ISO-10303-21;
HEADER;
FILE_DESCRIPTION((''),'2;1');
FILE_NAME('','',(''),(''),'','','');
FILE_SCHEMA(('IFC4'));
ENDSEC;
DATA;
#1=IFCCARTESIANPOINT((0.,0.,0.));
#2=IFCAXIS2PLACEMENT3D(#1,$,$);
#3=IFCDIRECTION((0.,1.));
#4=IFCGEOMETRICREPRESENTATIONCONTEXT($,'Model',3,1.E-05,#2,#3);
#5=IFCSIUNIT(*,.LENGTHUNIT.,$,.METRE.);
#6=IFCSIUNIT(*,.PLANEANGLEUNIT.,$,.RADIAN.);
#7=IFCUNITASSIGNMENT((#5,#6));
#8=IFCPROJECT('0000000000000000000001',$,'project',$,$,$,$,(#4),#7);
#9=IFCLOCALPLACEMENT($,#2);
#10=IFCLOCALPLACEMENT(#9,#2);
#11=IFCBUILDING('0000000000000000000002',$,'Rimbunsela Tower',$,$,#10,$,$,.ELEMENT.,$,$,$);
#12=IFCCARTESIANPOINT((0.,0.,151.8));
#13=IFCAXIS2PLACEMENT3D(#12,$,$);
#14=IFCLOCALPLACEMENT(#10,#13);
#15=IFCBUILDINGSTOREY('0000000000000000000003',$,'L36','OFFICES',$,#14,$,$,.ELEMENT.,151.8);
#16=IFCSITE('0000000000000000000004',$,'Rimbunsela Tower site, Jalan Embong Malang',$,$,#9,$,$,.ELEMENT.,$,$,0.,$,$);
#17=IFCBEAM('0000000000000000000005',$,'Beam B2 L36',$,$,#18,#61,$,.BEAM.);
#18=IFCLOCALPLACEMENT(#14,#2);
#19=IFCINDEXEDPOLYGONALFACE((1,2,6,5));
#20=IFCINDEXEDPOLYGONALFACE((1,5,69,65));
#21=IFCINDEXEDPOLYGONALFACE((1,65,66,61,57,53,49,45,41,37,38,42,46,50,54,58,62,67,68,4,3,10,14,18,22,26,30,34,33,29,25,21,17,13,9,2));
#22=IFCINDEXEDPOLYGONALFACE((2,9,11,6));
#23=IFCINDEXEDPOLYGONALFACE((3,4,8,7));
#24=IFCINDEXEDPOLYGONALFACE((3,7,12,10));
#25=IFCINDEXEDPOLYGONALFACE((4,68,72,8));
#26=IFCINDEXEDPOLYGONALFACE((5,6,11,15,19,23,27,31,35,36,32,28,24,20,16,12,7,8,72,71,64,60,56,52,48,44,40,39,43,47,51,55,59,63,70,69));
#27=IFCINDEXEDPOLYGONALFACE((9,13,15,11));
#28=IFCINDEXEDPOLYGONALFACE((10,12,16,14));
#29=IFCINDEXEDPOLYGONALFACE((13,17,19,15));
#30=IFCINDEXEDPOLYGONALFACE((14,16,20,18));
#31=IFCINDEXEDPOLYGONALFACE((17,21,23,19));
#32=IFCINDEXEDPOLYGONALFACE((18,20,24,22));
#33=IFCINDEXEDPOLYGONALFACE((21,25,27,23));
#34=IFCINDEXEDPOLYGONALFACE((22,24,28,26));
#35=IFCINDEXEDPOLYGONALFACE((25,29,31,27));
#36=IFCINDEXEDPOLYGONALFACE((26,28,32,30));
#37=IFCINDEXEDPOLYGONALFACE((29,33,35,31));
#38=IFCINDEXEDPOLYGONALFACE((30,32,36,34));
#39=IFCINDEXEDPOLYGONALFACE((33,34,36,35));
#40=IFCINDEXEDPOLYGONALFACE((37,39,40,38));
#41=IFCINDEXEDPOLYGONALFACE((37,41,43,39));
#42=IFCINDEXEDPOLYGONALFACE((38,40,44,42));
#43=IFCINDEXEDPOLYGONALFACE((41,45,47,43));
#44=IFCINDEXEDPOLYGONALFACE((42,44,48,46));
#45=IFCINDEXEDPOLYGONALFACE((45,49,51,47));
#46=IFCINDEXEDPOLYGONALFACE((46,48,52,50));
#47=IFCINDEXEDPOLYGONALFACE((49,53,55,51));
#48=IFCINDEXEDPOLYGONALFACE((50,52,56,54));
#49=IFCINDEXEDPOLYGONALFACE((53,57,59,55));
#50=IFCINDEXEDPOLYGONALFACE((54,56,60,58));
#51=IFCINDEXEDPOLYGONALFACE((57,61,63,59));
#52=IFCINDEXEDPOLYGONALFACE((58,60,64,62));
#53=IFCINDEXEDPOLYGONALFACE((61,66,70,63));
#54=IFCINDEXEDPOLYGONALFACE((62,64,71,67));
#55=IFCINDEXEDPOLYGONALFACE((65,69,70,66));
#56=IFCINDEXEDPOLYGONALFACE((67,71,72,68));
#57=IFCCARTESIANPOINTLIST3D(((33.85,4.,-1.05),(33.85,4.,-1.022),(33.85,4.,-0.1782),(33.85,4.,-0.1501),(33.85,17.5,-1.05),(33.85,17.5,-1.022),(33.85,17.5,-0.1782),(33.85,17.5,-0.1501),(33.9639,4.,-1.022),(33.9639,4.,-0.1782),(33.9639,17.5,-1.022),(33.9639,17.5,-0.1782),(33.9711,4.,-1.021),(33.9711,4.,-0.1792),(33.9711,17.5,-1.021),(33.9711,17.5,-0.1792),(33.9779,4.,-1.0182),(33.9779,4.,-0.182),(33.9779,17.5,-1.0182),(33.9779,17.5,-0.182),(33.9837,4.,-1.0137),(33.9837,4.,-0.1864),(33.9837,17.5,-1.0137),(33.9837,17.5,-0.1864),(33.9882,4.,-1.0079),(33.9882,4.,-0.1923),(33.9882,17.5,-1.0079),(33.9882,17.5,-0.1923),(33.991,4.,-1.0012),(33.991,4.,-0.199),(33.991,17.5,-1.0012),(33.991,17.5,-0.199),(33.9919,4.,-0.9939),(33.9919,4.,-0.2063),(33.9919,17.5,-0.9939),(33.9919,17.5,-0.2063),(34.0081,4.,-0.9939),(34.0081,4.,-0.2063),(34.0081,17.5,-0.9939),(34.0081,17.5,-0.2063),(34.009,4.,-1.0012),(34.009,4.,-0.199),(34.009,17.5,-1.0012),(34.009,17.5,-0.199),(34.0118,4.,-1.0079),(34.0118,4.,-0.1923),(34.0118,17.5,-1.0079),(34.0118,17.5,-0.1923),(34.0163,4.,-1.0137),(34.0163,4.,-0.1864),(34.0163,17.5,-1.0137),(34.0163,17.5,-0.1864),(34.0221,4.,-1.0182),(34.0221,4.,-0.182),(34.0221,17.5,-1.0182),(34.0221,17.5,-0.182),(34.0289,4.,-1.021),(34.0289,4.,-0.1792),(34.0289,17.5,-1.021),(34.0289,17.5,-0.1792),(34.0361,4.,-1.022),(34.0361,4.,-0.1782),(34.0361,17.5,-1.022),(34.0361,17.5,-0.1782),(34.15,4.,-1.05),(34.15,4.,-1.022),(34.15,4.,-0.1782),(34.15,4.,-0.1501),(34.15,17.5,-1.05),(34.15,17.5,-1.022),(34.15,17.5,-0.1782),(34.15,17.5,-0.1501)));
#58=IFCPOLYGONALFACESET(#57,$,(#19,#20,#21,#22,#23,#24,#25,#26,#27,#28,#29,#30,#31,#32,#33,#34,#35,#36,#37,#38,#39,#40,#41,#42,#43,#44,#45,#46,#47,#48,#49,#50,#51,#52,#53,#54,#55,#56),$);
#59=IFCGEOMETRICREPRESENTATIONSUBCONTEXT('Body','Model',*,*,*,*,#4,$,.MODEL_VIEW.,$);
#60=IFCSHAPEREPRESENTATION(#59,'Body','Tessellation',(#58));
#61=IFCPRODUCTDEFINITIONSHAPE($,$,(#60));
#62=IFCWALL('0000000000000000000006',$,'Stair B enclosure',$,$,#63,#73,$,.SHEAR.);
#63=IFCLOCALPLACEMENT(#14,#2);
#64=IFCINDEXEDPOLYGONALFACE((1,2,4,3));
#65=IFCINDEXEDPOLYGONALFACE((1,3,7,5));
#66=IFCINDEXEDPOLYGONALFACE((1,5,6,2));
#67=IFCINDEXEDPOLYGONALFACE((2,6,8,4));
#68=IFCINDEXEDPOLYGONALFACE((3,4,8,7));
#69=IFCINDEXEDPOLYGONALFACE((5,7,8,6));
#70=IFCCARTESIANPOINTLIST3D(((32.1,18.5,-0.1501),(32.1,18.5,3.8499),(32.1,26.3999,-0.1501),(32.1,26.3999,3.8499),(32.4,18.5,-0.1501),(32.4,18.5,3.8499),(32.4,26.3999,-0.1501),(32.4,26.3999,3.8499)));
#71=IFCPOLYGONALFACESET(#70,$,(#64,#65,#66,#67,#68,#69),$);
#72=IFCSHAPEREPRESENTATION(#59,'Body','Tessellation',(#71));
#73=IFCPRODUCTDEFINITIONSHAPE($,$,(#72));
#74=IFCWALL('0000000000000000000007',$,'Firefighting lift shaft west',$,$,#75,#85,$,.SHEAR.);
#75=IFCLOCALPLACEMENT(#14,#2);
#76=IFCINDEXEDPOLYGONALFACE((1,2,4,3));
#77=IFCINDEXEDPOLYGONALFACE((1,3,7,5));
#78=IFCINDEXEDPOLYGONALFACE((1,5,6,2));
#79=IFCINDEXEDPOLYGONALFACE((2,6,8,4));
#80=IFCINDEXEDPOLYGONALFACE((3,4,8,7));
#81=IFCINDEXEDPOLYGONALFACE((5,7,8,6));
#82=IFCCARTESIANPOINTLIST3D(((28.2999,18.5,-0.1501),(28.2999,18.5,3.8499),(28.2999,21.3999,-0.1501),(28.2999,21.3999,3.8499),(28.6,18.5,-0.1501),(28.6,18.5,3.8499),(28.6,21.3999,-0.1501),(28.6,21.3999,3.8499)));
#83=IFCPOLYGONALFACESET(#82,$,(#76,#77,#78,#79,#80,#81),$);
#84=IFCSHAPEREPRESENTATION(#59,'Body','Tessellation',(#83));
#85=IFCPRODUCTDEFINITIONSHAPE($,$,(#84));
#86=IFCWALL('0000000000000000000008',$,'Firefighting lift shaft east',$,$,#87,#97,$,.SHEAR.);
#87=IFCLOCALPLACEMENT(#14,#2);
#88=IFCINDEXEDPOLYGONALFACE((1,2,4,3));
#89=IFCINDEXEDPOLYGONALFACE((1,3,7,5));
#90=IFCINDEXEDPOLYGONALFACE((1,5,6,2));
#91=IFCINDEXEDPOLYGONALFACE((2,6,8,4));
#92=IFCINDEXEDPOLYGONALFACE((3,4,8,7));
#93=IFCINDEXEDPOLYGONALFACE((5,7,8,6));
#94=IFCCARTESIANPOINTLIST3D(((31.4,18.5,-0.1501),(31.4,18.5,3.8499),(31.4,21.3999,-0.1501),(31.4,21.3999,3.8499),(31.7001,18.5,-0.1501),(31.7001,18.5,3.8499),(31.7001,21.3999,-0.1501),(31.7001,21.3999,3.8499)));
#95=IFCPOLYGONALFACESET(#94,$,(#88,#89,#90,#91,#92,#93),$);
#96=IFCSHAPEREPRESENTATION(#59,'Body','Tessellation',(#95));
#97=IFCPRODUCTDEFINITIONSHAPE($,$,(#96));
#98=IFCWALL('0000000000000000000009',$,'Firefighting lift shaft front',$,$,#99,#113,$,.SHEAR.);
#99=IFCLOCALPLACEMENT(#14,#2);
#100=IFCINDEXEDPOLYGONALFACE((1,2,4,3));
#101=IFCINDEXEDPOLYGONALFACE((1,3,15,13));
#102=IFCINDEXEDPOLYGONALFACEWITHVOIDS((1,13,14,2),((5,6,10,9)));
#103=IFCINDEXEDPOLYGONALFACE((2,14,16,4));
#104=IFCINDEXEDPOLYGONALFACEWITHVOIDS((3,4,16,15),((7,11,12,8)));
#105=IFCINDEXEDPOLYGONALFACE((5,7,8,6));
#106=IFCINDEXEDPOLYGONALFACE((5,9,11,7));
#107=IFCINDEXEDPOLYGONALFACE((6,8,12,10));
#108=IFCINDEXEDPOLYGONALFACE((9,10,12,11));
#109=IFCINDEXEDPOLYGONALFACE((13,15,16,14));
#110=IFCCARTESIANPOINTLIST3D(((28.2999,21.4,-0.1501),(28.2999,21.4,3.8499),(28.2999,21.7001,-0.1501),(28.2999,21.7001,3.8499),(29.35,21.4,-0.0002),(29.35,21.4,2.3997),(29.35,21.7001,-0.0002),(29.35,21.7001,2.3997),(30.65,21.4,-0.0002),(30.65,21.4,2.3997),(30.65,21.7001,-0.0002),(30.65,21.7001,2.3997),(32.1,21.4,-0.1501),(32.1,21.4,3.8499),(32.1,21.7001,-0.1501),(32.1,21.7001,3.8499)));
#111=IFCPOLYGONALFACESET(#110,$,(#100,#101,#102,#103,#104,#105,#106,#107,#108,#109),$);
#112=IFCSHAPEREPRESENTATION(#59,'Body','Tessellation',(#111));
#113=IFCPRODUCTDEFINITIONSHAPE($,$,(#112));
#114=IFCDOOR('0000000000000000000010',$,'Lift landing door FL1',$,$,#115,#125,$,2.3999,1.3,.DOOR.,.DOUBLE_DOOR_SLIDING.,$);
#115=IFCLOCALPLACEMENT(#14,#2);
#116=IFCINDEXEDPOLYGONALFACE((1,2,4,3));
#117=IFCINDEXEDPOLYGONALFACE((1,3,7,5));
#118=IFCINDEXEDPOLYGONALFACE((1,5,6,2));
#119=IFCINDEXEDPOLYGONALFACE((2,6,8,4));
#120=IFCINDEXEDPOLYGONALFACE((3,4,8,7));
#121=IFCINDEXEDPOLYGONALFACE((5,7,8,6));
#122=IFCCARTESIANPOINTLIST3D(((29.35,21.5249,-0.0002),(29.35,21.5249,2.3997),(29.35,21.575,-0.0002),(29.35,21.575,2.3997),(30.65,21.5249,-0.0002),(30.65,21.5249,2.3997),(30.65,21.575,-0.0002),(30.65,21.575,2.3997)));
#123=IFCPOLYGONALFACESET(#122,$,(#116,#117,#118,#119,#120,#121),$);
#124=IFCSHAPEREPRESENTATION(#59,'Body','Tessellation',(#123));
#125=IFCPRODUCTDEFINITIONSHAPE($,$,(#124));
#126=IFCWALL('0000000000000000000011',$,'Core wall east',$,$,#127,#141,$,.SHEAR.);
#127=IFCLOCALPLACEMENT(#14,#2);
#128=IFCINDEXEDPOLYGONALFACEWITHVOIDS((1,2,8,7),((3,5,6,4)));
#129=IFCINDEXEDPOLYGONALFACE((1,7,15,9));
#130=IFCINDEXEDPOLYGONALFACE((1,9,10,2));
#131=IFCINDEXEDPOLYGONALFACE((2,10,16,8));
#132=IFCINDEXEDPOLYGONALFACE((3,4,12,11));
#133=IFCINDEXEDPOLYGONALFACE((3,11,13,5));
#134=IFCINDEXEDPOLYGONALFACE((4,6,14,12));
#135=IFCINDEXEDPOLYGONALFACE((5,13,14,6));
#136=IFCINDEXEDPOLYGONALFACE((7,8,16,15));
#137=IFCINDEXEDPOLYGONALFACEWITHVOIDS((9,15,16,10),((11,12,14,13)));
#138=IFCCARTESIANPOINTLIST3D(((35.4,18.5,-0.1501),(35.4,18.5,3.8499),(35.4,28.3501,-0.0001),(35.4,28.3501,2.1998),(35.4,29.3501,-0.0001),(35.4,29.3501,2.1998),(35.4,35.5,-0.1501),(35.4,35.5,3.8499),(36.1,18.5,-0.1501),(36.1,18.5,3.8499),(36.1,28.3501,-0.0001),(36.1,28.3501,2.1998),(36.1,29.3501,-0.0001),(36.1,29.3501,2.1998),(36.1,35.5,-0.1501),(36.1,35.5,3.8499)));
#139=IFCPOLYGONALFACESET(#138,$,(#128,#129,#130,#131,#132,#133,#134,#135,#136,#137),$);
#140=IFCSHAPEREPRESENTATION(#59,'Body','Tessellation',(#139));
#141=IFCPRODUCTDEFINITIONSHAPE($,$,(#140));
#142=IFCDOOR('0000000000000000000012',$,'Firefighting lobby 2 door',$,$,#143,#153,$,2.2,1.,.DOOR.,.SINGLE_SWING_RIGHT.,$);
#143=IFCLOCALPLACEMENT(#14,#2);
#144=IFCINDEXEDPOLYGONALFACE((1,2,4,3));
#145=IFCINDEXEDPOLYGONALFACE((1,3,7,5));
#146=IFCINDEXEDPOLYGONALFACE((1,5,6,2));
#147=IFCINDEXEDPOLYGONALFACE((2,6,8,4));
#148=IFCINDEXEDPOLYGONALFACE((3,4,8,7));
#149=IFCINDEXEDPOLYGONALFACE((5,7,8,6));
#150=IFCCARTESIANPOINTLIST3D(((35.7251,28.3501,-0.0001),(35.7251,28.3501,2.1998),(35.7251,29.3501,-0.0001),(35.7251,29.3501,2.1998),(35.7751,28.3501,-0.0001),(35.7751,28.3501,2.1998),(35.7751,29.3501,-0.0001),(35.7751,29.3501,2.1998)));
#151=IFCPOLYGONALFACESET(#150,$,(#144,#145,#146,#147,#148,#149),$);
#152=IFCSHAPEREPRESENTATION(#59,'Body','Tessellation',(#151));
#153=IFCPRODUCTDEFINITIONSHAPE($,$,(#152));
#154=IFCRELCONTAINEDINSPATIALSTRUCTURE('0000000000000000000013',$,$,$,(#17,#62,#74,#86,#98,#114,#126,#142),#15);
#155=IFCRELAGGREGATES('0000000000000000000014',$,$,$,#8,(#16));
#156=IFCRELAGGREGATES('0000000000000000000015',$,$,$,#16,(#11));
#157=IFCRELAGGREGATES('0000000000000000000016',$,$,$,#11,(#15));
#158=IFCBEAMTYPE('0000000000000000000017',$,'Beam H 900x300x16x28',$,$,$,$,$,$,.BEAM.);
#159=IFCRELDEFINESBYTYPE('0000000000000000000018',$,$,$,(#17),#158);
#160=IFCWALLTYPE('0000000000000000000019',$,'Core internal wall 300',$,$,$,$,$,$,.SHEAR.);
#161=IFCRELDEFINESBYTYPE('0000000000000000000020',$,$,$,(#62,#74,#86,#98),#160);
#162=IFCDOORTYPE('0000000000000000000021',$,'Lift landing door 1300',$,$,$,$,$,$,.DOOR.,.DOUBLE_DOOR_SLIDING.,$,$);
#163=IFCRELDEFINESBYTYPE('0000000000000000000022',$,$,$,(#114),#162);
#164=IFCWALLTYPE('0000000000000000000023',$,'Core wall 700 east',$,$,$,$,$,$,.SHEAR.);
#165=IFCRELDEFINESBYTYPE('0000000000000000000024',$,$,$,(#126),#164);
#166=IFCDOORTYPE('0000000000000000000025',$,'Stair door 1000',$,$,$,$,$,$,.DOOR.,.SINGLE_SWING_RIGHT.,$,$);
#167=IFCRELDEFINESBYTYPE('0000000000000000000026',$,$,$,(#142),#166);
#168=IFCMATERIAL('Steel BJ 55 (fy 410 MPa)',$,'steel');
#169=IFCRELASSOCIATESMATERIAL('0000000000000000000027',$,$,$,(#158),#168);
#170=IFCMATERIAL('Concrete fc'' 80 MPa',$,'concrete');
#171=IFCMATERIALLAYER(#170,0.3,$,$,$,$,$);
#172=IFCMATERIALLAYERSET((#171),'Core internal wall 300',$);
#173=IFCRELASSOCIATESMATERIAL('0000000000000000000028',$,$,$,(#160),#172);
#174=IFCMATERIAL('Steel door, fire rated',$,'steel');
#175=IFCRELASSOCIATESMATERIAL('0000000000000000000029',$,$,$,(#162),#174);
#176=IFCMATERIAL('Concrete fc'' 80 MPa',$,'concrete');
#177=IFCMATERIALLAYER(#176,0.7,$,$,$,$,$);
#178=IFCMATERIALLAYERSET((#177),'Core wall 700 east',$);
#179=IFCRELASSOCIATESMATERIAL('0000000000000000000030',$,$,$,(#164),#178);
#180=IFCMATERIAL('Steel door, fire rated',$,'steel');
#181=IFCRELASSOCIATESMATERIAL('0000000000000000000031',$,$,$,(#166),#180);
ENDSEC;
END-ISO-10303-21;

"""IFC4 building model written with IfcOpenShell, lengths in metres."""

from ifc_helpers import new_model, si_unit, direction, frame, frame_2d, origin, origin_2d, place, context, subcontext, project, spatial, rectangle, i_section, extrude, material, layer, layer_set, material_profile, profile_set, type_object, element, fill, save


model = new_model("IFC4")

# Units and contexts
model_context = context("Model", 3, precision=1e-05, world=origin(), true_north=direction((0.0, 1.0)))
body_context = subcontext(model_context, "Body", "Model", "MODEL_VIEW")
ifc_project = project(units=[si_unit("LENGTHUNIT", "METRE"), si_unit("PLANEANGLEUNIT", "RADIAN")], contexts=[model_context])

# Site, building, storey
site_placement = place(None, origin())
site = spatial("IfcSite", under=ifc_project, at=site_placement, Name="Rimbunsela Tower site, Jalan Embong Malang", CompositionType="ELEMENT", RefElevation=0.0)
building_placement = place(site_placement, origin())
building = spatial("IfcBuilding", under=site, at=building_placement, Name="Rimbunsela Tower", CompositionType="ELEMENT")
storey_placement = place(building_placement, frame((0.0, 0.0, 151.8)))
storey = spatial("IfcBuildingStorey", under=building, at=storey_placement, Name="L36", Description="OFFICES", CompositionType="ELEMENT", Elevation=151.8)

# Beam
ifc_material_1 = material(Name="Steel BJ 55 (fy 410 MPa)", Category="steel")
ifc_material_profile_1 = material_profile(ifc_material_1, i_section(OverallWidth=0.3, OverallDepth=0.8999, WebThickness=0.0161, FlangeThickness=0.0281, FilletRadius=0.0281, at=origin_2d()), Name="H 900x300x16x28")
ifc_profile_set_1 = profile_set([ifc_material_profile_1], Name="Steel BJ 55 (fy 410 MPa)")
beam_type_1 = type_object("IfcBeamType", Name="Beam H 900x300x16x28", PredefinedType="BEAM", material=ifc_profile_set_1)
beam_1_placement = place(storey_placement, frame((34.0, 4.0, -0.6001), z_axis=(0.0, 1.0, 0.0), x_axis=(-1.0, 0.0, 0.0)))
element("IfcBeam", 1, at=beam_1_placement, inside=storey, type_object=beam_type_1, Name="Beam B2 L36", PredefinedType="BEAM", context=body_context, shape_type="SweptSolid", body=[
    extrude(i_section(OverallWidth=0.3, OverallDepth=0.8999, WebThickness=0.0161, FlangeThickness=0.0281, FilletRadius=0.0281, at=origin_2d()), origin(), (0.0, 0.0, 1.0), 13.5),
])

# Walls
ifc_material_2 = material(Name="Concrete fc' 80 MPa", Category="concrete")
ifc_layer_1 = layer(ifc_material_2, 0.3)
ifc_layer_set_1 = layer_set([ifc_layer_1], Name="Core internal wall 300")
wall_type_1 = type_object("IfcWallType", Name="Core internal wall 300", PredefinedType="SHEAR", material=ifc_layer_set_1)
wall_1_placement = place(storey_placement, frame((32.25, 18.5, -0.1501), z_axis=(0.0, 0.0, 1.0), x_axis=(0.0, 1.0, 0.0)))
element("IfcWall", 2, at=wall_1_placement, inside=storey, type_object=wall_type_1, Name="Stair B enclosure", PredefinedType="SHEAR", context=body_context, shape_type="SweptSolid", body=[
    extrude(rectangle(XDim=7.8999, YDim=0.3, at=frame_2d((3.95, 0.0))), origin(), (0.0, 0.0, 1.0), 4.0),
])
for number, where, z_axis, x_axis, name in (
    (3, (28.45, 18.5, -0.1501), (0.0, 0.0, 1.0), (0.0, 1.0, 0.0), "Firefighting lift shaft west"),
    (4, (31.55, 18.5, -0.1501), (0.0, 0.0, 1.0), (0.0, 1.0, 0.0), "Firefighting lift shaft east"),
):
    element("IfcWall", number, at=place(storey_placement, frame(where, z_axis=z_axis, x_axis=x_axis)), inside=storey, type_object=wall_type_1, Name=name, PredefinedType="SHEAR", context=body_context, shape_type="SweptSolid", body=[
        extrude(rectangle(XDim=2.8999, YDim=0.3, at=frame_2d((1.45, 0.0))), origin(), (0.0, 0.0, 1.0), 4.0),
    ])

# Walls, openings, doors
wall_2_placement = place(storey_placement, frame((28.3, 21.55, -0.1501), z_axis=(0.0, 0.0, 1.0), x_axis=(1.0, 0.0, 0.0)))
wall_2 = element("IfcWall", 5, at=wall_2_placement, inside=storey, type_object=wall_type_1, Name="Firefighting lift shaft front", PredefinedType="SHEAR", context=body_context, shape_type="SweptSolid", body=[
    extrude(rectangle(XDim=3.8, YDim=0.3, at=frame_2d((1.8999, 0.0))), origin(), (0.0, 0.0, 1.0), 4.0),
])
opening_1_placement = place(wall_2_placement, frame((1.05, 0.0, 0.1499)))
opening_1 = element("IfcOpeningElement", 6, at=opening_1_placement, cuts=wall_2, PredefinedType="OPENING", context=body_context, shape_type="SweptSolid", body=[
    extrude(rectangle(XDim=1.3, YDim=2.3999, at=frame_2d((0.6499, 1.2))), frame((0.0, 0.1599, 0.0), z_axis=(0.0, -1.0, 0.0), x_axis=(1.0, 0.0, 0.0)), (0.0, 0.0, 1.0), 0.3201),
])
ifc_material_3 = material(Name="Steel door, fire rated", Category="steel")
door_type_1 = type_object("IfcDoorType", Name="Lift landing door 1300", OperationType="DOUBLE_DOOR_SLIDING", PredefinedType="DOOR", material=ifc_material_3)
door_1_placement = place(opening_1_placement, origin())
door_1 = element("IfcDoor", 7, at=door_1_placement, inside=storey, type_object=door_type_1, Name="Lift landing door FL1", OperationType="DOUBLE_DOOR_SLIDING", OverallHeight=2.3999, OverallWidth=1.3, PredefinedType="DOOR", context=body_context, shape_type="SweptSolid", body=[
    extrude(rectangle(XDim=1.3, YDim=2.3999, at=frame_2d((0.6499, 1.2))), frame((0.0, 0.0249, 0.0), z_axis=(0.0, -1.0, 0.0), x_axis=(1.0, 0.0, 0.0)), (0.0, 0.0, 1.0), 0.05),
])
fill(opening_1, door_1)
ifc_material_4 = material(Name="Concrete fc' 80 MPa", Category="concrete")
ifc_layer_2 = layer(ifc_material_4, 0.7)
ifc_layer_set_2 = layer_set([ifc_layer_2], Name="Core wall 700 east")
wall_type_2 = type_object("IfcWallType", Name="Core wall 700 east", PredefinedType="SHEAR", material=ifc_layer_set_2)
wall_3_placement = place(storey_placement, frame((35.75, 18.5, -0.1501), z_axis=(0.0, 0.0, 1.0), x_axis=(0.0, 1.0, 0.0)))
wall_3 = element("IfcWall", 8, at=wall_3_placement, inside=storey, type_object=wall_type_2, Name="Core wall east", PredefinedType="SHEAR", context=body_context, shape_type="SweptSolid", body=[
    extrude(rectangle(XDim=17.0, YDim=0.7, at=frame_2d((8.5, 0.0))), origin(), (0.0, 0.0, 1.0), 4.0),
])
opening_2_placement = place(wall_3_placement, frame((9.8501, 0.0, 0.1499)))
opening_2 = element("IfcOpeningElement", 9, at=opening_2_placement, cuts=wall_3, PredefinedType="OPENING", context=body_context, shape_type="SweptSolid", body=[
    extrude(rectangle(XDim=1.0, YDim=2.2, at=frame_2d((0.5, 1.1001))), frame((0.0, 0.3599, 0.0), z_axis=(0.0, -1.0, 0.0), x_axis=(1.0, 0.0, 0.0)), (0.0, 0.0, 1.0), 0.72),
])
ifc_material_5 = material(Name="Steel door, fire rated", Category="steel")
door_type_2 = type_object("IfcDoorType", Name="Stair door 1000", OperationType="SINGLE_SWING_RIGHT", PredefinedType="DOOR", material=ifc_material_5)
door_2_placement = place(opening_2_placement, origin())
door_2 = element("IfcDoor", 10, at=door_2_placement, inside=storey, type_object=door_type_2, Name="Firefighting lobby 2 door", OperationType="SINGLE_SWING_RIGHT", OverallHeight=2.2, OverallWidth=1.0, PredefinedType="DOOR", context=body_context, shape_type="SweptSolid", body=[
    extrude(rectangle(XDim=1.0, YDim=2.2, at=frame_2d((0.5, 1.1001))), frame((0.0, 0.0249, 0.0), z_axis=(0.0, -1.0, 0.0), x_axis=(1.0, 0.0, 0.0)), (0.0, 0.0, 1.0), 0.05),
])
fill(opening_2, door_2)

save(model, "model.ifc")
